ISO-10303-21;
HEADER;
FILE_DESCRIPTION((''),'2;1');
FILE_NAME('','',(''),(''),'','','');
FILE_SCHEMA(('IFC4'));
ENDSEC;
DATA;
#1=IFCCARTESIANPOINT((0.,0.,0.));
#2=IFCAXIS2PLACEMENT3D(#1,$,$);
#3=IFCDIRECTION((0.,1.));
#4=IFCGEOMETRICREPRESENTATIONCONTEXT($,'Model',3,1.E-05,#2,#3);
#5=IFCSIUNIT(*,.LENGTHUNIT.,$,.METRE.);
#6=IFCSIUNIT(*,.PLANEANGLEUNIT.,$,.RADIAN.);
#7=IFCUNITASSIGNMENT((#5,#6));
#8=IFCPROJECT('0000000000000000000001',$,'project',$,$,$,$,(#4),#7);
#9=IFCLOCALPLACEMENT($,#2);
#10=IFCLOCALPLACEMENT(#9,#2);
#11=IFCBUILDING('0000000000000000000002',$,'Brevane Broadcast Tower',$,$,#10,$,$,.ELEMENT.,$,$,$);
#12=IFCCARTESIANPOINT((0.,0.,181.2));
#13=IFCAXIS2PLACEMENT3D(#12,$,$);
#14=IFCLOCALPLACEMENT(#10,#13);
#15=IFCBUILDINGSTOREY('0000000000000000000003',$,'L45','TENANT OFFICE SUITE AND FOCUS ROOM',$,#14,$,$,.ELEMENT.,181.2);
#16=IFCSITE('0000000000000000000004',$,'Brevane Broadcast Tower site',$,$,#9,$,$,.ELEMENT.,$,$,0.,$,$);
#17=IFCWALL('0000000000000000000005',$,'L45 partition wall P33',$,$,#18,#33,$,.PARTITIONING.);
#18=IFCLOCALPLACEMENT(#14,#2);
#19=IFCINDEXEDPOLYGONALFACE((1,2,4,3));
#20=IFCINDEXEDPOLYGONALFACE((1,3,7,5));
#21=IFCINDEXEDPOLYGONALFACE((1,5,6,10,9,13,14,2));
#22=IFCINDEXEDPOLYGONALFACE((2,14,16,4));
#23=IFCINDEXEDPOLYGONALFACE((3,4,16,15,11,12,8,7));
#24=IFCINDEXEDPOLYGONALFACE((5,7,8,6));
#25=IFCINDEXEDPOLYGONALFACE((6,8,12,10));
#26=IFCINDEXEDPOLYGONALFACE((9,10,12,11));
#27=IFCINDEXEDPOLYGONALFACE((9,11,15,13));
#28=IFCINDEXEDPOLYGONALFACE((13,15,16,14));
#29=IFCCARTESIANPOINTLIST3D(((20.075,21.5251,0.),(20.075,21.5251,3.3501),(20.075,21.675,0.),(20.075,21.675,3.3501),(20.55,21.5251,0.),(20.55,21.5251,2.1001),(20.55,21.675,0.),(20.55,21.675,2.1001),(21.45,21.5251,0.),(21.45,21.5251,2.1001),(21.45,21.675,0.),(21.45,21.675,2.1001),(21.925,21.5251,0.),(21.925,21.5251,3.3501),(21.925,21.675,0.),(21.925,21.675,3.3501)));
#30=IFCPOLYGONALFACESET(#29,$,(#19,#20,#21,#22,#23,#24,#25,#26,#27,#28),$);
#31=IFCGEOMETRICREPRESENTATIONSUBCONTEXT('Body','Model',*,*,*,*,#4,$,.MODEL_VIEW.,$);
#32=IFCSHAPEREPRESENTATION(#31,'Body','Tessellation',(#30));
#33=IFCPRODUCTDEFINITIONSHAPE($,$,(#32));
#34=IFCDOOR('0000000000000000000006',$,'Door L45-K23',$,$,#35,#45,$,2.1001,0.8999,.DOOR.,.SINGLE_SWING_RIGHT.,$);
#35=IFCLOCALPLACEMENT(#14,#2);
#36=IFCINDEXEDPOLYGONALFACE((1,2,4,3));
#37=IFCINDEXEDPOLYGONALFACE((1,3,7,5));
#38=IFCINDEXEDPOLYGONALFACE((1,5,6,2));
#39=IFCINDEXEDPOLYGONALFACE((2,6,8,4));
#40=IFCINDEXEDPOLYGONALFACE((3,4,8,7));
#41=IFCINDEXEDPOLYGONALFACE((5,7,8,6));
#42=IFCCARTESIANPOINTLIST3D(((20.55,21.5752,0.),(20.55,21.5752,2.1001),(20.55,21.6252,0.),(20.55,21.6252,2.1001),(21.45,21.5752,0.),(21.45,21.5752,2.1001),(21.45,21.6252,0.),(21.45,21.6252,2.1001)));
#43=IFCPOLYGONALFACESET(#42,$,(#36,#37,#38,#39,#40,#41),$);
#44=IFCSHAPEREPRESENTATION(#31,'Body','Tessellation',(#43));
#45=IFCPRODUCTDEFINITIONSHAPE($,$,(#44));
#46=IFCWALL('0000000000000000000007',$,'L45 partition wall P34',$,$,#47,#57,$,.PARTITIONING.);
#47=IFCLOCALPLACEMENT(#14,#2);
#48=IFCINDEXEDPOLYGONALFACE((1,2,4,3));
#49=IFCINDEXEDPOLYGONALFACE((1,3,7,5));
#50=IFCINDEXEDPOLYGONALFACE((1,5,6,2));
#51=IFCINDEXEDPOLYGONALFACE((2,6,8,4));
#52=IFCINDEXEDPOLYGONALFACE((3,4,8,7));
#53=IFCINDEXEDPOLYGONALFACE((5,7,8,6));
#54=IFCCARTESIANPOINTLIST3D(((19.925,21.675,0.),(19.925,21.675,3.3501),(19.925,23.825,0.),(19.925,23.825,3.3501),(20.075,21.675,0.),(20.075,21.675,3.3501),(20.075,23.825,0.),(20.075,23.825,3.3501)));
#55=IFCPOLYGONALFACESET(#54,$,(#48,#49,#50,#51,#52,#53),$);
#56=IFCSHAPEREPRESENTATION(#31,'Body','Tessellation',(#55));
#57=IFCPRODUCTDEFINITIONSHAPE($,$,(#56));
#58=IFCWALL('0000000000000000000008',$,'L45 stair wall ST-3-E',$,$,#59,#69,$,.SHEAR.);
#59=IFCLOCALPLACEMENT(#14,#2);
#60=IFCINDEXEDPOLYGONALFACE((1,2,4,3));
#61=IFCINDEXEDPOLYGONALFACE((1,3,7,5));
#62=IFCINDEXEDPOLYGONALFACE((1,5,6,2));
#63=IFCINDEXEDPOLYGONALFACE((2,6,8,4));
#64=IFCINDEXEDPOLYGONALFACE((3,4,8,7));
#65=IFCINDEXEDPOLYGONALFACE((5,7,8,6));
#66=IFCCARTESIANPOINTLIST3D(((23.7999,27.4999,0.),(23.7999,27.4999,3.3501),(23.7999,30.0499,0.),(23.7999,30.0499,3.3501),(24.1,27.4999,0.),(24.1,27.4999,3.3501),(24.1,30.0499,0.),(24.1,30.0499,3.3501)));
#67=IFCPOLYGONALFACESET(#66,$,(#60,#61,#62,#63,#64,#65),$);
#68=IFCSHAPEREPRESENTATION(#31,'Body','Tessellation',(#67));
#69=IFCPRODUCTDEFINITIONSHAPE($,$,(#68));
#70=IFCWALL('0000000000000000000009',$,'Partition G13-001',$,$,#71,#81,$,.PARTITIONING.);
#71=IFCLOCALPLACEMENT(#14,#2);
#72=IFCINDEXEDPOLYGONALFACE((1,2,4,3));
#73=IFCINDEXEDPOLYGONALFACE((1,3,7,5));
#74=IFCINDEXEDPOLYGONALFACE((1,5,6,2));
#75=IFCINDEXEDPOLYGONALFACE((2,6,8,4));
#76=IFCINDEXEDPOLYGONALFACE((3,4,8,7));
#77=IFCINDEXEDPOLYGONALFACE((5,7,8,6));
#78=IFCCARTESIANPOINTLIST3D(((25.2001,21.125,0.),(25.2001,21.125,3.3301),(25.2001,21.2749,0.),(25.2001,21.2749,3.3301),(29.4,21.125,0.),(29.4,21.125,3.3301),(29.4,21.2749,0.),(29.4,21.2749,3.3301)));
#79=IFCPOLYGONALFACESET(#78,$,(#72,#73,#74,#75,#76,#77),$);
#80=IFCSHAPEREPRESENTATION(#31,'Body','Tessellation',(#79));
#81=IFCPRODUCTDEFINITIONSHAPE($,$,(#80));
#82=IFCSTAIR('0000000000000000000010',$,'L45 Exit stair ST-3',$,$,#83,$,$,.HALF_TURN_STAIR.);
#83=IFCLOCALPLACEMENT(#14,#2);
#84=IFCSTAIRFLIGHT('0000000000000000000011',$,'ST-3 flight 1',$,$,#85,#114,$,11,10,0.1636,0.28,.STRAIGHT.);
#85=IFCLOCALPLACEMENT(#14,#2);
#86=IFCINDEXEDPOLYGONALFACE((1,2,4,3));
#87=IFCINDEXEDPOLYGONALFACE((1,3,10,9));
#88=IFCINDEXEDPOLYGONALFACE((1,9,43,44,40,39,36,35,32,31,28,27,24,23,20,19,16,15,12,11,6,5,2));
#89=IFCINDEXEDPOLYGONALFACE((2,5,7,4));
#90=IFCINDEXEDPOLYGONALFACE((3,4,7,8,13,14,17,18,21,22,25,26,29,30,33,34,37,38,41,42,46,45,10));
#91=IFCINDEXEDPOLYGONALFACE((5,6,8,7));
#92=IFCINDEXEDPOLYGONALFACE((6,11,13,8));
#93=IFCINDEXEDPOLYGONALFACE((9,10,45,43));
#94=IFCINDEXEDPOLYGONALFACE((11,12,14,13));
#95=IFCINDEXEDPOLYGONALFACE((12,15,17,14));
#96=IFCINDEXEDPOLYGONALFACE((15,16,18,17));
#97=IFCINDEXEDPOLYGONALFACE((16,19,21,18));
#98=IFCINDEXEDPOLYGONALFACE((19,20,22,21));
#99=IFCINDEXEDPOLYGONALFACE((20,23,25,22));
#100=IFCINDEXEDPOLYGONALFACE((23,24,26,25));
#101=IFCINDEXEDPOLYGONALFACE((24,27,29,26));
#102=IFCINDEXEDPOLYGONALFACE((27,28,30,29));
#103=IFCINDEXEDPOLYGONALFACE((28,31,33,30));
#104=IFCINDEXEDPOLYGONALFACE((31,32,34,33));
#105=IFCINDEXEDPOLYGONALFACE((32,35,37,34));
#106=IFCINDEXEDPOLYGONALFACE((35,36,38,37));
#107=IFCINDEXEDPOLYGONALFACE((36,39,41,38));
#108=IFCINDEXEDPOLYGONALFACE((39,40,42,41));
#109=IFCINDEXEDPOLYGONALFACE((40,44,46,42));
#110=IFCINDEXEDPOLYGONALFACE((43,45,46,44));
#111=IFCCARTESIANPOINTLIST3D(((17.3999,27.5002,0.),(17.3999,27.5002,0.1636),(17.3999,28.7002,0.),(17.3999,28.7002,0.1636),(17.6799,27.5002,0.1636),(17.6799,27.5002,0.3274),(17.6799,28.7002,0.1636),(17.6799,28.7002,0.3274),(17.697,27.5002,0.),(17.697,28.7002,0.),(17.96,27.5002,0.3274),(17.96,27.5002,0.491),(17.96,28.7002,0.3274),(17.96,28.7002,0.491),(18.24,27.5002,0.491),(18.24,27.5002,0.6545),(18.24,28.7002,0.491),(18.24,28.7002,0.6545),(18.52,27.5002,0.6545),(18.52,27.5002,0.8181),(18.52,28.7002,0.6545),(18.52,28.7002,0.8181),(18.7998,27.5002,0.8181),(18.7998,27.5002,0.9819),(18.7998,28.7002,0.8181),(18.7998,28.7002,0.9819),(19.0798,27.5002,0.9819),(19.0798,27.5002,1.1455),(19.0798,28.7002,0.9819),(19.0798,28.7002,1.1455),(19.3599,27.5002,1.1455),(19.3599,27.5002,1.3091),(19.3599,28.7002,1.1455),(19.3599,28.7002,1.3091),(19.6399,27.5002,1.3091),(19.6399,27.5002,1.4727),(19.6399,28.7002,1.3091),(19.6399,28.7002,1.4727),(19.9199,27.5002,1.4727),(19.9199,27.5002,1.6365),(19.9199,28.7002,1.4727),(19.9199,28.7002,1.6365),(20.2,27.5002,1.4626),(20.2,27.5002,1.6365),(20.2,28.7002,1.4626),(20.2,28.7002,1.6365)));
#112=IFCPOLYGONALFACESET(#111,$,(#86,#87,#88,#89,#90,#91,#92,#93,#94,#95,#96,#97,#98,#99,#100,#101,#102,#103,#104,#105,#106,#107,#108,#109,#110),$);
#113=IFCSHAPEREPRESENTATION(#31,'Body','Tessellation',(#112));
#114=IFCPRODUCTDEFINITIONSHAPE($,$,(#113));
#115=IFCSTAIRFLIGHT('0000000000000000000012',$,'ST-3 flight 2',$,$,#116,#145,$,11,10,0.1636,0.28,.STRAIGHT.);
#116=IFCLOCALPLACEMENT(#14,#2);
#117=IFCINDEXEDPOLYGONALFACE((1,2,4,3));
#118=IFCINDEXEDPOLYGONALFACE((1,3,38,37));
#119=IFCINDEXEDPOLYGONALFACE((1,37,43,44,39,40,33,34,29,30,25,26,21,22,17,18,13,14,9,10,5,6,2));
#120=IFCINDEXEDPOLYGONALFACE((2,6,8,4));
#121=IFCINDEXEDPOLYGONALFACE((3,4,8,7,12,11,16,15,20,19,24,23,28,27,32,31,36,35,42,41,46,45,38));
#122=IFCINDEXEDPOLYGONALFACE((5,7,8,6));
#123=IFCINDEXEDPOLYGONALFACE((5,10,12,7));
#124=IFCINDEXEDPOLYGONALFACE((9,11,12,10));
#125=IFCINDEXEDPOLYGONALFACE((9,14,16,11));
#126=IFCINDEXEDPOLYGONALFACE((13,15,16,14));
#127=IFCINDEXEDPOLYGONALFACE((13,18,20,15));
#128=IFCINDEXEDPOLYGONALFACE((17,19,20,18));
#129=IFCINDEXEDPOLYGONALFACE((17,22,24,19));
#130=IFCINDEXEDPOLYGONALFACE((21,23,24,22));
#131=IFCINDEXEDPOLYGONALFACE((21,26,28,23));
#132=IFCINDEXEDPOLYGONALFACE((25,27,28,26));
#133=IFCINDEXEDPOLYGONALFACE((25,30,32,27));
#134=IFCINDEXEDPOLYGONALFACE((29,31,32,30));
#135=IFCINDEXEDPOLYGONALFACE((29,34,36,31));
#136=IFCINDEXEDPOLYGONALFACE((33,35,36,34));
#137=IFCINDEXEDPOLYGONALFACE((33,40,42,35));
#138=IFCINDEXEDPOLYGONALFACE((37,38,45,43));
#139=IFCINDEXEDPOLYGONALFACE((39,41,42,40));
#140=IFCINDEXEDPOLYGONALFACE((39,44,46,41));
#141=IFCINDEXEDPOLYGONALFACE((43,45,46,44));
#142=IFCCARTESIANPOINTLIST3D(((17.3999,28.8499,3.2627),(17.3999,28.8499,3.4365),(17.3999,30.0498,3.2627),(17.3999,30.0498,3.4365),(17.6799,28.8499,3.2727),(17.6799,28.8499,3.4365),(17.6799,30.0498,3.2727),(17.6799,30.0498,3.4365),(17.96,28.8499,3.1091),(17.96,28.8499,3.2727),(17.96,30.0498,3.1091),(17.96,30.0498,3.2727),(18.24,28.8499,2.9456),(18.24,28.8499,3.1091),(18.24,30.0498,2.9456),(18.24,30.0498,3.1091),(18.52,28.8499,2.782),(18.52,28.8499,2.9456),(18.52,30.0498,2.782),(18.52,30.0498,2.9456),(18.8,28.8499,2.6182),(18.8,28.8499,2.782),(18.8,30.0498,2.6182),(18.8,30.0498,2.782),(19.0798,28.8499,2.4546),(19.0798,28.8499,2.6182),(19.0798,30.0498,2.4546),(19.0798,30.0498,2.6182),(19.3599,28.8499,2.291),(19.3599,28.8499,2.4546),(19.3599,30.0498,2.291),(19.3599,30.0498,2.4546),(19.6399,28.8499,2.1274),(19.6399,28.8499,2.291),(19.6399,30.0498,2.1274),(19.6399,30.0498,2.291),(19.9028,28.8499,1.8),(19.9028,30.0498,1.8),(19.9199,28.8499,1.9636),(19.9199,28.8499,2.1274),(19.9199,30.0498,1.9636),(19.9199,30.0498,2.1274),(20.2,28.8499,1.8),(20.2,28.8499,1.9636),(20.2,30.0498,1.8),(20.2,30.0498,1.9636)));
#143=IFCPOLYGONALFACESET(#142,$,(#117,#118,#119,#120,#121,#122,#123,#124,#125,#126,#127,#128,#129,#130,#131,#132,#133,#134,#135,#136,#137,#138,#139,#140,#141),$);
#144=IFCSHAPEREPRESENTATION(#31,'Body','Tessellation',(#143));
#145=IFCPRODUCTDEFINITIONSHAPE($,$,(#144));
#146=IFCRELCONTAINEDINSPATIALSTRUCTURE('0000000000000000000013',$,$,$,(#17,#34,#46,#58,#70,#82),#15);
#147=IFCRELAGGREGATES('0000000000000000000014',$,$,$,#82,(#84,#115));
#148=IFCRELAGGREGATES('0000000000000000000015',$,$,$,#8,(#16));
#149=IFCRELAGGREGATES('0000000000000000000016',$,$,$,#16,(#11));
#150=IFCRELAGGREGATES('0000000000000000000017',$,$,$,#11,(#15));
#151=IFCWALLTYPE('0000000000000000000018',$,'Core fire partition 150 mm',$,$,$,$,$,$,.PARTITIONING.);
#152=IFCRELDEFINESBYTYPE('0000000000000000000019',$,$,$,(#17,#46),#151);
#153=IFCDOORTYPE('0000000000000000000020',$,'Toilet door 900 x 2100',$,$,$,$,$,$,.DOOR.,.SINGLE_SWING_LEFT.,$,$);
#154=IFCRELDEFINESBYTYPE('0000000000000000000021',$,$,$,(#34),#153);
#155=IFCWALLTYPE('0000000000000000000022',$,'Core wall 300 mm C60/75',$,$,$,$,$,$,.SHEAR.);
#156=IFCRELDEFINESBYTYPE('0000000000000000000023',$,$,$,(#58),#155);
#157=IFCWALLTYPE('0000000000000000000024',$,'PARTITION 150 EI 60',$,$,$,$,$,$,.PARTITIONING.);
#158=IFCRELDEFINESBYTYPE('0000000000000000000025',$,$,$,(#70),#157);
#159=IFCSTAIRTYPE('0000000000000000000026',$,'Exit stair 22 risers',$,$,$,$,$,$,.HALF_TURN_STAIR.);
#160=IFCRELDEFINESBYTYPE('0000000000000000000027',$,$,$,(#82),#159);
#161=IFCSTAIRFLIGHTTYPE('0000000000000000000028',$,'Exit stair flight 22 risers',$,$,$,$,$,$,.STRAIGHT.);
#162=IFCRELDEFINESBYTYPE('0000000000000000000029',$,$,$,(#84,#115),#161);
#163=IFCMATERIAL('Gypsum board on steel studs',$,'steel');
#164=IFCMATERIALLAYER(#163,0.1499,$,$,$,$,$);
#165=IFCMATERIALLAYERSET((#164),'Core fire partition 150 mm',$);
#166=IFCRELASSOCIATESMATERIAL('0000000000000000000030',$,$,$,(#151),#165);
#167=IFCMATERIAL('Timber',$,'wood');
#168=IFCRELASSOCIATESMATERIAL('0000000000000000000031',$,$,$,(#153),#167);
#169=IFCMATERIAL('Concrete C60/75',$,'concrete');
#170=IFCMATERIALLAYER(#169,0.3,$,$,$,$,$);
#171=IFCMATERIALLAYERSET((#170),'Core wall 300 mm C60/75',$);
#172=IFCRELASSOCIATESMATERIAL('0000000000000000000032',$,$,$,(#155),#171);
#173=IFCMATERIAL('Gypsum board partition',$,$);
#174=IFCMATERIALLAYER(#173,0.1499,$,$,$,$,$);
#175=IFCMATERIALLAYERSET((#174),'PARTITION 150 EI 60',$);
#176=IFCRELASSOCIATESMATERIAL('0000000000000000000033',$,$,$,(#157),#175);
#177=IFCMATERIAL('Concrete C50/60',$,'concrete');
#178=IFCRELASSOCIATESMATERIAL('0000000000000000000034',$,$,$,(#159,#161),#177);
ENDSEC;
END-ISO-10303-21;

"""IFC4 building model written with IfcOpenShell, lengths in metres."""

from ifc_helpers import new_model, si_unit, direction, frame, frame_2d, origin, place, context, subcontext, project, spatial, polyline, rectangle, outline, extrude, material, layer, layer_set, type_object, element, fill, aggregate, save


model = new_model("IFC4")

# Units and contexts
model_context = context("Model", 3, precision=1e-05, world=origin(), true_north=direction((0.0, 1.0)))
body_context = subcontext(model_context, "Body", "Model", "MODEL_VIEW")
ifc_project = project(units=[si_unit("LENGTHUNIT", "METRE"), si_unit("PLANEANGLEUNIT", "RADIAN")], contexts=[model_context])

# Site, building, storey
site_placement = place(None, origin())
site = spatial("IfcSite", under=ifc_project, at=site_placement, Name="Brevane Broadcast Tower site", CompositionType="ELEMENT", RefElevation=0.0)
building_placement = place(site_placement, origin())
building = spatial("IfcBuilding", under=site, at=building_placement, Name="Brevane Broadcast Tower", CompositionType="ELEMENT")
storey_placement = place(building_placement, frame((0.0, 0.0, 181.2)))
storey = spatial("IfcBuildingStorey", under=building, at=storey_placement, Name="L45", Description="TENANT OFFICE SUITE AND FOCUS ROOM", CompositionType="ELEMENT", Elevation=181.2)

# Shared definitions
ifc_material_1 = material(Name="Concrete C60/75", Category="concrete")

# Shared definitions
ifc_material_2 = material(Name="Gypsum board on steel studs", Category="steel")
ifc_layer_1 = layer(ifc_material_2, 0.1499)
ifc_layer_set_1 = layer_set([ifc_layer_1], Name="Core fire partition 150 mm")
wall_type_1 = type_object("IfcWallType", Name="Core fire partition 150 mm", PredefinedType="PARTITIONING", material=ifc_layer_set_1)

# Wall, opening, door
wall_1_placement = place(storey_placement, frame((21.925, 21.6001, 0.0), z_axis=(0.0, 0.0, 1.0), x_axis=(-1.0, 0.0, 0.0)))
wall_1 = element("IfcWall", 1, at=wall_1_placement, inside=storey, type_object=wall_type_1, Name="L45 partition wall P33", PredefinedType="PARTITIONING", context=body_context, shape_type="SweptSolid", body=[
    extrude(rectangle(XDim=1.8501, YDim=0.1499, at=frame_2d((0.925, 0.0))), origin(), (0.0, 0.0, 1.0), 3.3501),
])
opening_placement = place(wall_1_placement, frame((0.4751, 0.0, 0.0)))
opening = element("IfcOpeningElement", 2, at=opening_placement, cuts=wall_1, PredefinedType="OPENING", context=body_context, shape_type="SweptSolid", body=[
    extrude(rectangle(XDim=0.8999, YDim=2.1001, at=frame_2d((0.45, 1.05))), frame((0.0, 0.085, 0.0), z_axis=(0.0, -1.0, 0.0), x_axis=(1.0, 0.0, 0.0)), (0.0, 0.0, 1.0), 0.1699),
])
ifc_material_3 = material(Name="Timber", Category="wood")
door_type = type_object("IfcDoorType", Name="Toilet door 900 x 2100", OperationType="SINGLE_SWING_LEFT", PredefinedType="DOOR", material=ifc_material_3)
door_placement = place(opening_placement, origin())
door = element("IfcDoor", 3, at=door_placement, inside=storey, type_object=door_type, Name="Door L45-K23", OperationType="SINGLE_SWING_RIGHT", OverallHeight=2.1001, OverallWidth=0.8999, PredefinedType="DOOR", context=body_context, shape_type="SweptSolid", body=[
    extrude(rectangle(XDim=0.8999, YDim=2.1001, at=frame_2d((0.45, 1.05))), frame((0.0, 0.0249, 0.0), z_axis=(0.0, -1.0, 0.0), x_axis=(1.0, 0.0, 0.0)), (0.0, 0.0, 1.0), 0.05),
])
fill(opening, door)

# Walls
wall_2_placement = place(storey_placement, frame((20.0, 21.675, 0.0), z_axis=(0.0, 0.0, 1.0), x_axis=(0.0, 1.0, 0.0)))
element("IfcWall", 4, at=wall_2_placement, inside=storey, type_object=wall_type_1, Name="L45 partition wall P34", PredefinedType="PARTITIONING", context=body_context, shape_type="SweptSolid", body=[
    extrude(rectangle(XDim=2.1499, YDim=0.1499, at=frame_2d((1.075, 0.0))), origin(), (0.0, 0.0, 1.0), 3.3501),
])
ifc_layer_2 = layer(ifc_material_1, 0.3)
ifc_layer_set_2 = layer_set([ifc_layer_2], Name="Core wall 300 mm C60/75")
wall_type_2 = type_object("IfcWallType", Name="Core wall 300 mm C60/75", PredefinedType="SHEAR", material=ifc_layer_set_2)
wall_3_placement = place(storey_placement, frame((23.95, 27.5, 0.0), z_axis=(0.0, 0.0, 1.0), x_axis=(0.0, 1.0, 0.0)))
element("IfcWall", 5, at=wall_3_placement, inside=storey, type_object=wall_type_2, Name="L45 stair wall ST-3-E", PredefinedType="SHEAR", context=body_context, shape_type="SweptSolid", body=[
    extrude(rectangle(XDim=2.55, YDim=0.3, at=frame_2d((1.2749, 0.0))), origin(), (0.0, 0.0, 1.0), 3.3501),
])
ifc_material_4 = material(Name="Gypsum board partition")
ifc_layer_3 = layer(ifc_material_4, 0.1499)
ifc_layer_set_3 = layer_set([ifc_layer_3], Name="PARTITION 150 EI 60")
wall_type_3 = type_object("IfcWallType", Name="PARTITION 150 EI 60", PredefinedType="PARTITIONING", material=ifc_layer_set_3)
wall_4_placement = place(storey_placement, frame((25.2, 21.2, 0.0), z_axis=(0.0, 0.0, 1.0), x_axis=(1.0, 0.0, 0.0)))
element("IfcWall", 6, at=wall_4_placement, inside=storey, type_object=wall_type_3, Name="Partition G13-001", PredefinedType="PARTITIONING", context=body_context, shape_type="SweptSolid", body=[
    extrude(rectangle(XDim=4.2, YDim=0.1499, at=frame_2d((2.1001, 0.0))), origin(), (0.0, 0.0, 1.0), 3.3301),
])

# Stair, stair flights
ifc_material_5 = material(Name="Concrete C50/60", Category="concrete")
stair_type = type_object("IfcStairType", Name="Exit stair 22 risers", PredefinedType="HALF_TURN_STAIR", material=ifc_material_5)
stair_placement = place(storey_placement, origin())
stair = element("IfcStair", 7, at=stair_placement, inside=storey, type_object=stair_type, Name="L45 Exit stair ST-3", PredefinedType="HALF_TURN_STAIR")
stair_flight_type = type_object("IfcStairFlightType", Name="Exit stair flight 22 risers", PredefinedType="STRAIGHT", material=ifc_material_5)
stair_flight_1_placement = place(storey_placement, frame((17.3999, 28.1001, 0.0), z_axis=(0.0, 0.0, 1.0), x_axis=(1.0, 0.0, 0.0)))
stair_flight_1 = element("IfcStairFlight", 8, at=stair_flight_1_placement, type_object=stair_flight_type, Name="ST-3 flight 1", NumberOfRisers=11, NumberOfTreads=10, PredefinedType="STRAIGHT", RiserHeight=0.1636, TreadLength=0.28, context=body_context, shape_type="SweptSolid", body=[
    extrude(outline(polyline([(0.0, 0.0), (0.0, 0.1636), (0.28, 0.1636), (0.28, 0.3274), (0.5601, 0.3274), (0.5601, 0.491), (0.8401, 0.491), (0.8401, 0.6545), (1.1201, 0.6545), (1.1201, 0.8181), (1.3999, 0.8181), (1.3999, 0.9819), (1.6799, 0.9819), (1.6799, 1.1455), (1.96, 1.1455), (1.96, 1.3091), (2.24, 1.3091), (2.24, 1.4727), (2.52, 1.4727), (2.52, 1.6365), (2.8, 1.6365), (2.8, 1.8), (2.8, 1.4626), (0.2971, 0.0), (0.0, 0.0)])), frame((0.0, 0.6001, 0.0), z_axis=(0.0, -1.0, 0.0), x_axis=(1.0, 0.0, 0.0)), (0.0, 0.0, 1.0), 1.2),
])
stair_flight_2_placement = place(storey_placement, frame((20.2, 29.45, 1.8), z_axis=(0.0, 0.0, 1.0), x_axis=(-1.0, 0.0, 0.0)))
stair_flight_2 = element("IfcStairFlight", 9, at=stair_flight_2_placement, type_object=stair_flight_type, Name="ST-3 flight 2", NumberOfRisers=11, NumberOfTreads=10, PredefinedType="STRAIGHT", RiserHeight=0.1636, TreadLength=0.28, context=body_context, shape_type="SweptSolid", body=[
    extrude(outline(polyline([(0.0, 0.0), (0.0, 0.1636), (0.28, 0.1636), (0.28, 0.3274), (0.5601, 0.3274), (0.5601, 0.491), (0.8401, 0.491), (0.8401, 0.6545), (1.1201, 0.6545), (1.1201, 0.8181), (1.3999, 0.8181), (1.3999, 0.9819), (1.6799, 0.9819), (1.6799, 1.1455), (1.96, 1.1455), (1.96, 1.3091), (2.24, 1.3091), (2.24, 1.4727), (2.52, 1.4727), (2.52, 1.6365), (2.8, 1.6365), (2.8, 1.8), (2.8, 1.4626), (0.2971, 0.0), (0.0, 0.0)])), frame((0.0, 0.6001, 0.0), z_axis=(0.0, -1.0, 0.0), x_axis=(1.0, 0.0, 0.0)), (0.0, 0.0, 1.0), 1.2),
])
aggregate(stair, [stair_flight_1, stair_flight_2])

save(model, "model.ifc")
